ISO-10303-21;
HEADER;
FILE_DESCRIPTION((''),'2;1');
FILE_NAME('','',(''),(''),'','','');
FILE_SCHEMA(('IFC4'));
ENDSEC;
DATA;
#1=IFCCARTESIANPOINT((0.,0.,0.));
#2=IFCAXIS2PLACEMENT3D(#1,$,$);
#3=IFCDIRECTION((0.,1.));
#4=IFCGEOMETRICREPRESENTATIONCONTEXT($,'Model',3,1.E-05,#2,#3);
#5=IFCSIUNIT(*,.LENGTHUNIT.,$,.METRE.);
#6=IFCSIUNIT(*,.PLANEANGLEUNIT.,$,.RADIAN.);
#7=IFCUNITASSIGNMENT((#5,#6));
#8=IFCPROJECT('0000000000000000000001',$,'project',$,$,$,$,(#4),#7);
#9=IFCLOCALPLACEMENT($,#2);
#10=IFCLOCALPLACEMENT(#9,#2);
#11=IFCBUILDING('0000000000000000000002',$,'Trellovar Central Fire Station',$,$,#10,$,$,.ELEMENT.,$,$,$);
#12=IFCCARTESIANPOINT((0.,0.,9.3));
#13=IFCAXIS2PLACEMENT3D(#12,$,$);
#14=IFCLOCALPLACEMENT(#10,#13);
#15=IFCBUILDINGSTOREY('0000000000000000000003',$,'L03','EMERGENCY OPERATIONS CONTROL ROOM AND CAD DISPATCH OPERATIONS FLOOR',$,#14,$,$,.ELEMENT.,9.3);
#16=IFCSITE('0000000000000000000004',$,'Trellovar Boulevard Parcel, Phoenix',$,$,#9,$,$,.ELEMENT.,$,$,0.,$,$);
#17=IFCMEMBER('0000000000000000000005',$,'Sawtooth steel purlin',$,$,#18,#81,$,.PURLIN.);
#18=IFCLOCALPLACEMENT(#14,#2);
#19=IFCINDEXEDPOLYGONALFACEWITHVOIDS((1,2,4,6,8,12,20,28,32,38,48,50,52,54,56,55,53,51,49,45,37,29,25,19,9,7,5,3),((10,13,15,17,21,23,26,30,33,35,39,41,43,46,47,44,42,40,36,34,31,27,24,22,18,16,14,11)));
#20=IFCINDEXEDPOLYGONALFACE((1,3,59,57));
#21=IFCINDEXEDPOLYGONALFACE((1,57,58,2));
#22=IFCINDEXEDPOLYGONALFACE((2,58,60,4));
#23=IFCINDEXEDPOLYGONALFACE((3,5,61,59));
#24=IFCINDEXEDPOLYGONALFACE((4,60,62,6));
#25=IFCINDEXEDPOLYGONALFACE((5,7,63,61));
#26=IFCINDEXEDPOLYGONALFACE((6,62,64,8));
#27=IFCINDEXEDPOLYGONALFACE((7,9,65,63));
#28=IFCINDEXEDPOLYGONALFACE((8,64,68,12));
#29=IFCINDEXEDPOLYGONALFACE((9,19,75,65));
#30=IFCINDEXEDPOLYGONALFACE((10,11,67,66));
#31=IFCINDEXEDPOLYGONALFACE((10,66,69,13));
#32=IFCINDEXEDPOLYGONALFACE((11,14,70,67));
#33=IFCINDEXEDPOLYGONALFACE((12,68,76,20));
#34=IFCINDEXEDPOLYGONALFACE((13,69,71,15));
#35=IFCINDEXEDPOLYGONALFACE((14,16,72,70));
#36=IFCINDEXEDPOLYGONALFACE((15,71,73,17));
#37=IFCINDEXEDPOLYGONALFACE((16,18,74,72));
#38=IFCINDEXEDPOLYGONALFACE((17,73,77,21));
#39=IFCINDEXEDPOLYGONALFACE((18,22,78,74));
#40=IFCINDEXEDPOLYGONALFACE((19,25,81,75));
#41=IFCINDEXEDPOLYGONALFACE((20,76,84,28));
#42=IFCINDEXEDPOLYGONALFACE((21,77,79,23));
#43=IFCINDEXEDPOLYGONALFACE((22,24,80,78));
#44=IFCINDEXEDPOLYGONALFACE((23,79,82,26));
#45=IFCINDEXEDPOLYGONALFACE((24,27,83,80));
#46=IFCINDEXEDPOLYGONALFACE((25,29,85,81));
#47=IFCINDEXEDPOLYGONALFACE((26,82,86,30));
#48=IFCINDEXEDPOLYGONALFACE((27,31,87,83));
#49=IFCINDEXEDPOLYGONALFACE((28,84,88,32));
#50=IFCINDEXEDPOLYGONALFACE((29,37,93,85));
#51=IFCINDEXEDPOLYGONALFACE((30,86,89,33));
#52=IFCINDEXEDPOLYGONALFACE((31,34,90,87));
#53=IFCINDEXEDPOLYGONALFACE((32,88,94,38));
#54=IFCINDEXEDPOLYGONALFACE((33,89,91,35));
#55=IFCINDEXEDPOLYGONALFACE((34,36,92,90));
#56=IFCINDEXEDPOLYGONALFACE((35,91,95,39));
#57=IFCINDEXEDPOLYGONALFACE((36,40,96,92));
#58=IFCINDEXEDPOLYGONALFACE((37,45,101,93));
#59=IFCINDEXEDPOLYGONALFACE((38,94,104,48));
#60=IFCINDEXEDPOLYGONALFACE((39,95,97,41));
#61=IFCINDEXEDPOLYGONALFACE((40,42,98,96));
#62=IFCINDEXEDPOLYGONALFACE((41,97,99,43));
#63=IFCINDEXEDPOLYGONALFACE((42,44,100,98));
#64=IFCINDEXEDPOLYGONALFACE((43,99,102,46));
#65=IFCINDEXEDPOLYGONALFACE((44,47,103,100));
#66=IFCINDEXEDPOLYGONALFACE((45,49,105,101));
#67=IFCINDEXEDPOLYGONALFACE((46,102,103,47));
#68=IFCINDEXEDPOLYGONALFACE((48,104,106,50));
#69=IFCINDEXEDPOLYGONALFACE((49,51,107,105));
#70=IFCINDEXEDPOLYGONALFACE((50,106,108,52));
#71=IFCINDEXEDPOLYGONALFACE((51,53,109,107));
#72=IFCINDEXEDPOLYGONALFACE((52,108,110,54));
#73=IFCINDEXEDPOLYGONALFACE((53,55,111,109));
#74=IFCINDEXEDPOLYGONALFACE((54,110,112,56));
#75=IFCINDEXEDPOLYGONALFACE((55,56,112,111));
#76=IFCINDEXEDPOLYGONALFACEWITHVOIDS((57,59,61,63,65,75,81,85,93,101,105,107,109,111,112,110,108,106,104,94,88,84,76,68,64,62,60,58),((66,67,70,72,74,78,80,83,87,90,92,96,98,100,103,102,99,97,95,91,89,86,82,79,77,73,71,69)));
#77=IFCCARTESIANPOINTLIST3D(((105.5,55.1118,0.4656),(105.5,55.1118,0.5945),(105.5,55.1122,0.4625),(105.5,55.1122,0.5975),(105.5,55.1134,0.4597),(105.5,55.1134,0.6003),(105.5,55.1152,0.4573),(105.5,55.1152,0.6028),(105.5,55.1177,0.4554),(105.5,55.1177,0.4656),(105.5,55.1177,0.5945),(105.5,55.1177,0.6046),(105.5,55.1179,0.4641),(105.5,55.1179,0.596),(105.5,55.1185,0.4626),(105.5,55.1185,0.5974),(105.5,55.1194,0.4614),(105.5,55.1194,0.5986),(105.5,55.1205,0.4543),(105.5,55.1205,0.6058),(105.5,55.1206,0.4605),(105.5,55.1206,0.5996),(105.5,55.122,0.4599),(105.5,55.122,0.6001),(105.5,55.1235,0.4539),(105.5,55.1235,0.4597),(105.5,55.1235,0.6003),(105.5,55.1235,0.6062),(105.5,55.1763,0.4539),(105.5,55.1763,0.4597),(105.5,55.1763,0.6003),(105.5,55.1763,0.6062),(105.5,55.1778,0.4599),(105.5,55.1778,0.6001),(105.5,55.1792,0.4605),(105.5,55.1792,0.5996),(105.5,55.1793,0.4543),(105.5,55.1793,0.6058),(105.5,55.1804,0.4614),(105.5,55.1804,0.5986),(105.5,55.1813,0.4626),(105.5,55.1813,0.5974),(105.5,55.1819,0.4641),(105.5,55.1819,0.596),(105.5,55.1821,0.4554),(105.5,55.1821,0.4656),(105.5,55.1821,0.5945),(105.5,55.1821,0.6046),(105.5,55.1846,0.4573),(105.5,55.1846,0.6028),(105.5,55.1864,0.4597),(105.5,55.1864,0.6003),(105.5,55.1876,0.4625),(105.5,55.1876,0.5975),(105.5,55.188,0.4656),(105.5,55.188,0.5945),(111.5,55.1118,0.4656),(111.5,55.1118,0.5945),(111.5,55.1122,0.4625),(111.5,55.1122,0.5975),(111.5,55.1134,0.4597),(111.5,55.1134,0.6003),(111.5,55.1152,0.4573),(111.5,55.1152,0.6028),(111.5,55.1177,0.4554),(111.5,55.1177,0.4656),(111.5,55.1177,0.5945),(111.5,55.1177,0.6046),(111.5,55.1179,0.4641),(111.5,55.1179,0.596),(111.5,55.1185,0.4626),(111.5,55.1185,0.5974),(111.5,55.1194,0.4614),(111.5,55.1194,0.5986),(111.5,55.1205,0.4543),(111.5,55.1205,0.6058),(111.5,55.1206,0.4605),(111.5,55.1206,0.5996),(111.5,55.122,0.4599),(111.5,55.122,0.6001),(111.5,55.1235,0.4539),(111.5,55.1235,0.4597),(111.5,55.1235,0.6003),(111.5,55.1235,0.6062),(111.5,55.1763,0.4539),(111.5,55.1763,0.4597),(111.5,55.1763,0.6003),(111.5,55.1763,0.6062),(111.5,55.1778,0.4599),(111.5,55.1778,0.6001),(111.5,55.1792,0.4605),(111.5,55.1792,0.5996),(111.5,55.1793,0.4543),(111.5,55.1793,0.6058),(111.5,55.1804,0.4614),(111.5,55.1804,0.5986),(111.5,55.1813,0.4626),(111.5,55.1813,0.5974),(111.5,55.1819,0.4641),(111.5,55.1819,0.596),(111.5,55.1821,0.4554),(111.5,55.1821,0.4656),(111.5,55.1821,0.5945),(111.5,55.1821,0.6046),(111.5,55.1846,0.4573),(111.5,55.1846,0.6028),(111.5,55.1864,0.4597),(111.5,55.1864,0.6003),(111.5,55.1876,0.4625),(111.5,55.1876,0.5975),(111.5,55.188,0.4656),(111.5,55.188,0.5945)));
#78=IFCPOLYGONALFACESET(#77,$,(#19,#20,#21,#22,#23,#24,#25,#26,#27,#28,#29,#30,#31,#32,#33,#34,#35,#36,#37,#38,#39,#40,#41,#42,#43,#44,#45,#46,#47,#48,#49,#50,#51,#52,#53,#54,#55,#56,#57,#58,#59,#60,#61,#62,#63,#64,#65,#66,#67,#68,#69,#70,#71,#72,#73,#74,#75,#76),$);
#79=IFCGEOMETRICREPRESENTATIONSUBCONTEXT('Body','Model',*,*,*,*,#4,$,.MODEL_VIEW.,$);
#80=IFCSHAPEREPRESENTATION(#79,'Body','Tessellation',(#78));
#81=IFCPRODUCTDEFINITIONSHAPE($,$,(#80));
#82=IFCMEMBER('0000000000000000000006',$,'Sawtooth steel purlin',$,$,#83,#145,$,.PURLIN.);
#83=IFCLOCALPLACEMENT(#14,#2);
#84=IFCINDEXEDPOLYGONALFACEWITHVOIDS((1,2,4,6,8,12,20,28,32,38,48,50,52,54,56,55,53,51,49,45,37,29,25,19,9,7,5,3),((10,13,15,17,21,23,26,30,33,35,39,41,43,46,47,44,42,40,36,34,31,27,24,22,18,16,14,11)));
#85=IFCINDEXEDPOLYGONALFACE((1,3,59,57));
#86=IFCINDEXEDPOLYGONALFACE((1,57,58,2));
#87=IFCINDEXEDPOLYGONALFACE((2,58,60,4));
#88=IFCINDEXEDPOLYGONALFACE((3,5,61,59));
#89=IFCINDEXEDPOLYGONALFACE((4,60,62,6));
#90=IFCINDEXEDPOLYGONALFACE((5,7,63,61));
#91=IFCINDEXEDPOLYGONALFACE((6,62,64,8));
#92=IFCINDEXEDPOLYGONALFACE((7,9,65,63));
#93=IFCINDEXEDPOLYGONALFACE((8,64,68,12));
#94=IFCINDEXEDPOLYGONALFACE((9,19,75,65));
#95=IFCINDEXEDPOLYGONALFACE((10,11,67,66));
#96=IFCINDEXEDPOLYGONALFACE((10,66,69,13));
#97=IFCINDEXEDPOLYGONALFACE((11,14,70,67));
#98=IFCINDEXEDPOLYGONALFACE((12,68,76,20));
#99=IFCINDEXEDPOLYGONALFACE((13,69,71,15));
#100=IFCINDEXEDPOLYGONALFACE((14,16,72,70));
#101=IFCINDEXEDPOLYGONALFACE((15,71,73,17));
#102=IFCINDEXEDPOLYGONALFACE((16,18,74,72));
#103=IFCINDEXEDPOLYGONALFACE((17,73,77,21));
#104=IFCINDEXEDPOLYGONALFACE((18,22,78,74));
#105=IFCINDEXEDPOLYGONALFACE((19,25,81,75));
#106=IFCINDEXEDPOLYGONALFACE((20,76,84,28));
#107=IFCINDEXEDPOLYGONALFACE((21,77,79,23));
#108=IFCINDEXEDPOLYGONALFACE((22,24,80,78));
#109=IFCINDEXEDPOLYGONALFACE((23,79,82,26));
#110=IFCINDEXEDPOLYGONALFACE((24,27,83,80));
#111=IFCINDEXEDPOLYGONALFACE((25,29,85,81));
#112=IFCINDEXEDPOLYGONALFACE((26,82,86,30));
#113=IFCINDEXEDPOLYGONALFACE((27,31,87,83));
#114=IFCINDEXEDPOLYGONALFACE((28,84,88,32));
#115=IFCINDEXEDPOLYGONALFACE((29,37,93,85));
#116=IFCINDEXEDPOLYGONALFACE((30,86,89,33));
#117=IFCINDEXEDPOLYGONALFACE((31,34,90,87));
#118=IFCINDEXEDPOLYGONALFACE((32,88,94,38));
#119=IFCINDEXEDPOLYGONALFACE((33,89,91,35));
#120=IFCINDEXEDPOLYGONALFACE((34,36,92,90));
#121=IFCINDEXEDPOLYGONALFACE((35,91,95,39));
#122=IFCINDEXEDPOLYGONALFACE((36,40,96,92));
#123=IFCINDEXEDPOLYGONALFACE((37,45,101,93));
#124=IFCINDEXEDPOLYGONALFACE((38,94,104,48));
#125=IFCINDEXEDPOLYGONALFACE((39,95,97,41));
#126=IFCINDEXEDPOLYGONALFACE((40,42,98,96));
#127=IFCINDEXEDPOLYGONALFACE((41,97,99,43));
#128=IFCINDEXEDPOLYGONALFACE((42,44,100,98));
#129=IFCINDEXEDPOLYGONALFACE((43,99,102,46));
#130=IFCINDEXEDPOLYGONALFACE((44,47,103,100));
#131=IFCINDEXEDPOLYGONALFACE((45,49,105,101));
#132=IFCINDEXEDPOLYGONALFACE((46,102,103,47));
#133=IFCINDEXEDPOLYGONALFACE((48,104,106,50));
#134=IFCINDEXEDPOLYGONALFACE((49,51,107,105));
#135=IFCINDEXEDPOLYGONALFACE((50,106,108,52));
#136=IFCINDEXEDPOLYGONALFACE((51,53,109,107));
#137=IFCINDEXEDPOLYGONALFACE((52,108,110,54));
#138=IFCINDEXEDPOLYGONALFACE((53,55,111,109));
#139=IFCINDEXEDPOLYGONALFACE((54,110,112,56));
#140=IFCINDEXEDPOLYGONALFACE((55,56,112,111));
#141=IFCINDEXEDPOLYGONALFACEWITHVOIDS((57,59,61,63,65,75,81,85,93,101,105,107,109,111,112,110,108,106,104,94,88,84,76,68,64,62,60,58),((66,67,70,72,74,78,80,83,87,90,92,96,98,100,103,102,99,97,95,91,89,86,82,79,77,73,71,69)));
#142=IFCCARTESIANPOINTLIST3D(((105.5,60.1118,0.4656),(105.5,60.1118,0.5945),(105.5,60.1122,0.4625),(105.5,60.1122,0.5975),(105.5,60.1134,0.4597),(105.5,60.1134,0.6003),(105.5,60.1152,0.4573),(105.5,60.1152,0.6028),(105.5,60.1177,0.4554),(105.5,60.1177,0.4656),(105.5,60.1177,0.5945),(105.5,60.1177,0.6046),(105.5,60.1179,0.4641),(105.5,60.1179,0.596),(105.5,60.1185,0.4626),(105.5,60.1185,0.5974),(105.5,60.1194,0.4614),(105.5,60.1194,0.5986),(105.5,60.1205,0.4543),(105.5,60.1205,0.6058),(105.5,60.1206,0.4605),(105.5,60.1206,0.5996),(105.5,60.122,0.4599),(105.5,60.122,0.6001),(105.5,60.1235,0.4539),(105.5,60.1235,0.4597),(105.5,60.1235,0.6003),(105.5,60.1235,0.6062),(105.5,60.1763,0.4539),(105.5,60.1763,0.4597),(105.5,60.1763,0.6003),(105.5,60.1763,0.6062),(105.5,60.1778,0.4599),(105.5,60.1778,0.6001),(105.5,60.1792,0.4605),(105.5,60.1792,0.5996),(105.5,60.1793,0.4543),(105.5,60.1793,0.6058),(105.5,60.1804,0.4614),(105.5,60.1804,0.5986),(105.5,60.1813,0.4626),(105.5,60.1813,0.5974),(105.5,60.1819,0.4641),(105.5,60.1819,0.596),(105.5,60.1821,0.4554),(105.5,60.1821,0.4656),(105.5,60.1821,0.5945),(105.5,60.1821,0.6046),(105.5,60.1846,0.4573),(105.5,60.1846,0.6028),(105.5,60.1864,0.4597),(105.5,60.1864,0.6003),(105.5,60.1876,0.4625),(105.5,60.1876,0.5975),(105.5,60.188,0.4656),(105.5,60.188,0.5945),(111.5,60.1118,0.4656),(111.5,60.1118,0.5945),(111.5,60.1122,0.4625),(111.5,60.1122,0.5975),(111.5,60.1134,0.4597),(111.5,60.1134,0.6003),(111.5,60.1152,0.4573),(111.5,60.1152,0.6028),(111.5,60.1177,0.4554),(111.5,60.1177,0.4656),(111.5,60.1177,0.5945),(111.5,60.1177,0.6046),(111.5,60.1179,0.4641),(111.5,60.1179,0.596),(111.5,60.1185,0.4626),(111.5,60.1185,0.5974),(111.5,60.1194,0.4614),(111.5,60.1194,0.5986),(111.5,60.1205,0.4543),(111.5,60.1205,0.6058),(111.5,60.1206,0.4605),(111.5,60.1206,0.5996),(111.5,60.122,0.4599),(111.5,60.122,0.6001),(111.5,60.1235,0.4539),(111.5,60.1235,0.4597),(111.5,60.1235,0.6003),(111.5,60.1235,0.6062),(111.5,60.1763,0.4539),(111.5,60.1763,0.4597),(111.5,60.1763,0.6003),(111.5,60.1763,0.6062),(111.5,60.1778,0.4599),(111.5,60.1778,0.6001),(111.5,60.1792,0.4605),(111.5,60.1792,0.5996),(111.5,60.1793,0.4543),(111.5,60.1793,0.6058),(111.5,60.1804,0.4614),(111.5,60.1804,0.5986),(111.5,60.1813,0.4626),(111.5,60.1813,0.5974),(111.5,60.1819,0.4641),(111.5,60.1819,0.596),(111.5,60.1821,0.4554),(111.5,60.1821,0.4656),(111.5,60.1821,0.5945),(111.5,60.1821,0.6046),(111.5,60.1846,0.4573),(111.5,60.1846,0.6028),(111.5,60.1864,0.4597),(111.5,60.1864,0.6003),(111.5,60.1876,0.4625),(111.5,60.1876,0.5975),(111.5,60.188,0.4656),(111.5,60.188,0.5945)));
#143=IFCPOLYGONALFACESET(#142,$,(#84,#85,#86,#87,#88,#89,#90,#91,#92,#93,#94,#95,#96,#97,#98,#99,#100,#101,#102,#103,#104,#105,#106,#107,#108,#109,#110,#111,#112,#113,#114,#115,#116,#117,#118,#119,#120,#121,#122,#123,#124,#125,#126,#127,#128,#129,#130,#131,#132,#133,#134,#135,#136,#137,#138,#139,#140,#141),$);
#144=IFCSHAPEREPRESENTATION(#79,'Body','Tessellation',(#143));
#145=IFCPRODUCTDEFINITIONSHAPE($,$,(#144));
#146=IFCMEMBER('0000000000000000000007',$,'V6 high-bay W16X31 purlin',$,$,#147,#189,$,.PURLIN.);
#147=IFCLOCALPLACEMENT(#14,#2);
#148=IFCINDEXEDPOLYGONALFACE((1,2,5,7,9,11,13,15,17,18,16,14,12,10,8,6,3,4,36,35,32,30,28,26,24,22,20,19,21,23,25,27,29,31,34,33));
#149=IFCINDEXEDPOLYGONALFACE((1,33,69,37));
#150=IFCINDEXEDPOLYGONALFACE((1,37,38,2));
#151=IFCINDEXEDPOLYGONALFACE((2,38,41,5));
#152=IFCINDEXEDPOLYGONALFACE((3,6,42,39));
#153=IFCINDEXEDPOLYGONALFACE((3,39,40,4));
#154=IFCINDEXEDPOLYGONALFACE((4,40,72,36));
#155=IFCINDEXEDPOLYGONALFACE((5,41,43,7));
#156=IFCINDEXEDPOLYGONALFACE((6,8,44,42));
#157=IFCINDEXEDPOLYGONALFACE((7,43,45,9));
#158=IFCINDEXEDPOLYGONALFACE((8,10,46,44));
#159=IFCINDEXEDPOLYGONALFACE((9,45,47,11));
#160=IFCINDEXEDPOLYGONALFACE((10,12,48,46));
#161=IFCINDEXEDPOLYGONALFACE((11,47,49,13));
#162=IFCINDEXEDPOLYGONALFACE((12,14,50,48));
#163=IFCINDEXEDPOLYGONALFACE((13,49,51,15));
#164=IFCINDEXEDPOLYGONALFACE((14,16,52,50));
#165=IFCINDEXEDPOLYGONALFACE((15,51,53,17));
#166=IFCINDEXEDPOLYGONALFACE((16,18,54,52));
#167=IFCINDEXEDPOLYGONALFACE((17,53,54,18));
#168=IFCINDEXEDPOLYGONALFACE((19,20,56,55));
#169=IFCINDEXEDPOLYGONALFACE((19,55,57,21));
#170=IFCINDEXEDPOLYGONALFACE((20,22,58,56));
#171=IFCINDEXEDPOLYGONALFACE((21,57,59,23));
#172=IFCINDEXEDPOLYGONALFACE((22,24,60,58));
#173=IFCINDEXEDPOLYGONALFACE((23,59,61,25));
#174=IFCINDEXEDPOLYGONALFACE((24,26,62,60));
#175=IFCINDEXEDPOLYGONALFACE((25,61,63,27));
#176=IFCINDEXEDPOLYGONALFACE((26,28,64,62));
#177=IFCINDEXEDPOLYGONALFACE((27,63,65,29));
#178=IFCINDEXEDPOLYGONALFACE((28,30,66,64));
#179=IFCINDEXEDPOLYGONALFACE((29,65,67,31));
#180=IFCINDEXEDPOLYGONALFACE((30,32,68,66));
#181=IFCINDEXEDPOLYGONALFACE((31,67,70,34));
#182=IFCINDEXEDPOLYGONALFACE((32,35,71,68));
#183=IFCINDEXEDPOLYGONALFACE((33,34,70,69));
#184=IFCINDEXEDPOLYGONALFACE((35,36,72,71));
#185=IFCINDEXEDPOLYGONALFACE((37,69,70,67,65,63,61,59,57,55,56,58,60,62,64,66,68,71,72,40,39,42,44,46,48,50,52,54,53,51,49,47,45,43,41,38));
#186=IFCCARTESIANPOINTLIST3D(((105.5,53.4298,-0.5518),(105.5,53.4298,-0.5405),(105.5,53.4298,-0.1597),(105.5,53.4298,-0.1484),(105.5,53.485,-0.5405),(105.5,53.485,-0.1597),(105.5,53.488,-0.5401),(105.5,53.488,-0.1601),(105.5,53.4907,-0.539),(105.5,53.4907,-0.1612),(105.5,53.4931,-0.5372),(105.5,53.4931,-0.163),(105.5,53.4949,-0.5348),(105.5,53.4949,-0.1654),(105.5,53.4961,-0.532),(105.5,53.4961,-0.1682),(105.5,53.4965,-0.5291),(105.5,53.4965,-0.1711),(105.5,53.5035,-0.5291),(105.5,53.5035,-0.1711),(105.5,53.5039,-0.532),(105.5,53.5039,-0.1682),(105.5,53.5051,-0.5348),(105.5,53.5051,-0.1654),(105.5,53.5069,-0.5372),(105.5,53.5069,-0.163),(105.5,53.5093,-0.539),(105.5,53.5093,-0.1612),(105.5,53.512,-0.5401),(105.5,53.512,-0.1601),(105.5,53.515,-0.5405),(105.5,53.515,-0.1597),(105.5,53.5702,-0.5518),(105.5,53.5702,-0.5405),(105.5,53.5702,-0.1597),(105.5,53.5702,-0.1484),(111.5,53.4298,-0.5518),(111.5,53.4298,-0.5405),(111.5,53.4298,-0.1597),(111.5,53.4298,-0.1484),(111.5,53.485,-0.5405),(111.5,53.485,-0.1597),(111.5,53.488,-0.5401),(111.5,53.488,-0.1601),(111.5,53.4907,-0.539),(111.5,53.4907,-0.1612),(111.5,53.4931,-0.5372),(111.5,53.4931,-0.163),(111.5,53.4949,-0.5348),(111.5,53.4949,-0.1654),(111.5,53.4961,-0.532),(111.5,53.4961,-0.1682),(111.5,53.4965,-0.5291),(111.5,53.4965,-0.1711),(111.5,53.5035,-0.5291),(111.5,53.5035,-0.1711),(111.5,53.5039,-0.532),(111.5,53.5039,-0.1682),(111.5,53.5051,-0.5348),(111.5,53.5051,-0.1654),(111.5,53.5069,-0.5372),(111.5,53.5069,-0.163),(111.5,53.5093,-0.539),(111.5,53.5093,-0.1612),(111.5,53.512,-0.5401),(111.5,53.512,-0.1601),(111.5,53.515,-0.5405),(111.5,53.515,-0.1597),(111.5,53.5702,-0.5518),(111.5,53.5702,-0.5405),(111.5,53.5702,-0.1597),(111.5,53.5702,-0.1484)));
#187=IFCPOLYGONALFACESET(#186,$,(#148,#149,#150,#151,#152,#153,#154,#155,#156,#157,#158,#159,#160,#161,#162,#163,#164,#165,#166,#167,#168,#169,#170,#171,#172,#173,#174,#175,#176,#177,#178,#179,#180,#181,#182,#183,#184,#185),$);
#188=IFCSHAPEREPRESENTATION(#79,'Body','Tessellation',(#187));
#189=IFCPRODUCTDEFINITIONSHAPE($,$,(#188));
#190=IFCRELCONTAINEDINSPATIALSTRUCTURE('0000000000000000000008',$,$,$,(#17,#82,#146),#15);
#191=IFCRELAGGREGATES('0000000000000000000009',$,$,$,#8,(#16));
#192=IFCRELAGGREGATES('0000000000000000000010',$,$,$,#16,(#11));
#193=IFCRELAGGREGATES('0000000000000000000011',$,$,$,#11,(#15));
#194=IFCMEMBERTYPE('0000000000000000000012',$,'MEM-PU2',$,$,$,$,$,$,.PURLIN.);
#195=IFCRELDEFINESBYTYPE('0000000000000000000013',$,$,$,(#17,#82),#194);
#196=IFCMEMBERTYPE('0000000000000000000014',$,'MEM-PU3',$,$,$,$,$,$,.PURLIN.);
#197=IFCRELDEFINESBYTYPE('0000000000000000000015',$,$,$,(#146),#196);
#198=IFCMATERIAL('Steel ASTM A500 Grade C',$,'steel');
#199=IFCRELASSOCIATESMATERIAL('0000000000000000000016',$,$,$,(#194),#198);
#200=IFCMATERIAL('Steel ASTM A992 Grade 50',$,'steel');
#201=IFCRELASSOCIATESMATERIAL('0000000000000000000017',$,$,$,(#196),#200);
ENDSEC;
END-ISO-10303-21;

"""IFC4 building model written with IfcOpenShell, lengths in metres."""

from ifc_helpers import new_model, si_unit, direction, frame, origin, origin_2d, place, context, subcontext, project, spatial, hollow_rectangle, i_section, extrude, material, material_profile, profile_set, type_object, element, save


model = new_model("IFC4")

# Units and contexts
model_context = context("Model", 3, precision=1e-05, world=origin(), true_north=direction((0.0, 1.0)))
body_context = subcontext(model_context, "Body", "Model", "MODEL_VIEW")
ifc_project = project(units=[si_unit("LENGTHUNIT", "METRE"), si_unit("PLANEANGLEUNIT", "RADIAN")], contexts=[model_context])

# Site, building, storey
site_placement = place(None, origin())
site = spatial("IfcSite", under=ifc_project, at=site_placement, Name="Trellovar Boulevard Parcel, Phoenix", CompositionType="ELEMENT", RefElevation=0.0)
building_placement = place(site_placement, origin())
building = spatial("IfcBuilding", under=site, at=building_placement, Name="Trellovar Central Fire Station", CompositionType="ELEMENT")
storey_placement = place(building_placement, frame((0.0, 0.0, 9.3)))
storey = spatial("IfcBuildingStorey", under=building, at=storey_placement, Name="L03", Description="EMERGENCY OPERATIONS CONTROL ROOM AND CAD DISPATCH OPERATIONS FLOOR", CompositionType="ELEMENT", Elevation=9.3)

# Members
ifc_material_1 = material(Name="Steel ASTM A500 Grade C", Category="steel")
ifc_material_profile_1 = material_profile(ifc_material_1, hollow_rectangle(XDim=0.0762, YDim=0.1523, WallThickness=0.0059, InnerFilletRadius=0.0059, OuterFilletRadius=0.0117, at=origin_2d()), Name="HSS6X3X1/4")
ifc_profile_set_1 = profile_set([ifc_material_profile_1], Name="Steel ASTM A500 Grade C")
member_type_1 = type_object("IfcMemberType", Name="MEM-PU2", PredefinedType="PURLIN", material=ifc_profile_set_1)
for number, where, z_axis, x_axis, name in (
    (1, (105.5, 55.1499, 0.53), (1.0, 0.0, 0.0), (0.0, 1.0, 0.0), "Sawtooth steel purlin"),
    (2, (105.5, 60.1499, 0.53), (1.0, 0.0, 0.0), (0.0, 1.0, 0.0), "Sawtooth steel purlin"),
):
    element("IfcMember", number, at=place(storey_placement, frame(where, z_axis=z_axis, x_axis=x_axis)), inside=storey, type_object=member_type_1, Name=name, PredefinedType="PURLIN", context=body_context, shape_type="SweptSolid", body=[
        extrude(hollow_rectangle(XDim=0.0762, YDim=0.1523, WallThickness=0.0059, InnerFilletRadius=0.0059, OuterFilletRadius=0.0117, at=origin_2d()), origin(), (0.0, 0.0, 1.0), 6.0),
    ])
ifc_material_2 = material(Name="Steel ASTM A992 Grade 50", Category="steel")
ifc_material_profile_2 = material_profile(ifc_material_2, i_section(OverallWidth=0.1404, OverallDepth=0.4033, WebThickness=0.0071, FlangeThickness=0.0112, FilletRadius=0.0115, at=origin_2d()), Name="W16X31")
ifc_profile_set_2 = profile_set([ifc_material_profile_2], Name="Steel ASTM A992 Grade 50")
member_type_2 = type_object("IfcMemberType", Name="MEM-PU3", PredefinedType="PURLIN", material=ifc_profile_set_2)
member_1_placement = place(storey_placement, frame((105.5, 53.5, -0.3501), z_axis=(1.0, 0.0, 0.0), x_axis=(0.0, 1.0, 0.0)))
element("IfcMember", 3, at=member_1_placement, inside=storey, type_object=member_type_2, Name="V6 high-bay W16X31 purlin", PredefinedType="PURLIN", context=body_context, shape_type="SweptSolid", body=[
    extrude(i_section(OverallWidth=0.1404, OverallDepth=0.4033, WebThickness=0.0071, FlangeThickness=0.0112, FilletRadius=0.0115, at=origin_2d()), origin(), (0.0, 0.0, 1.0), 6.0),
])

save(model, "model.ifc")
